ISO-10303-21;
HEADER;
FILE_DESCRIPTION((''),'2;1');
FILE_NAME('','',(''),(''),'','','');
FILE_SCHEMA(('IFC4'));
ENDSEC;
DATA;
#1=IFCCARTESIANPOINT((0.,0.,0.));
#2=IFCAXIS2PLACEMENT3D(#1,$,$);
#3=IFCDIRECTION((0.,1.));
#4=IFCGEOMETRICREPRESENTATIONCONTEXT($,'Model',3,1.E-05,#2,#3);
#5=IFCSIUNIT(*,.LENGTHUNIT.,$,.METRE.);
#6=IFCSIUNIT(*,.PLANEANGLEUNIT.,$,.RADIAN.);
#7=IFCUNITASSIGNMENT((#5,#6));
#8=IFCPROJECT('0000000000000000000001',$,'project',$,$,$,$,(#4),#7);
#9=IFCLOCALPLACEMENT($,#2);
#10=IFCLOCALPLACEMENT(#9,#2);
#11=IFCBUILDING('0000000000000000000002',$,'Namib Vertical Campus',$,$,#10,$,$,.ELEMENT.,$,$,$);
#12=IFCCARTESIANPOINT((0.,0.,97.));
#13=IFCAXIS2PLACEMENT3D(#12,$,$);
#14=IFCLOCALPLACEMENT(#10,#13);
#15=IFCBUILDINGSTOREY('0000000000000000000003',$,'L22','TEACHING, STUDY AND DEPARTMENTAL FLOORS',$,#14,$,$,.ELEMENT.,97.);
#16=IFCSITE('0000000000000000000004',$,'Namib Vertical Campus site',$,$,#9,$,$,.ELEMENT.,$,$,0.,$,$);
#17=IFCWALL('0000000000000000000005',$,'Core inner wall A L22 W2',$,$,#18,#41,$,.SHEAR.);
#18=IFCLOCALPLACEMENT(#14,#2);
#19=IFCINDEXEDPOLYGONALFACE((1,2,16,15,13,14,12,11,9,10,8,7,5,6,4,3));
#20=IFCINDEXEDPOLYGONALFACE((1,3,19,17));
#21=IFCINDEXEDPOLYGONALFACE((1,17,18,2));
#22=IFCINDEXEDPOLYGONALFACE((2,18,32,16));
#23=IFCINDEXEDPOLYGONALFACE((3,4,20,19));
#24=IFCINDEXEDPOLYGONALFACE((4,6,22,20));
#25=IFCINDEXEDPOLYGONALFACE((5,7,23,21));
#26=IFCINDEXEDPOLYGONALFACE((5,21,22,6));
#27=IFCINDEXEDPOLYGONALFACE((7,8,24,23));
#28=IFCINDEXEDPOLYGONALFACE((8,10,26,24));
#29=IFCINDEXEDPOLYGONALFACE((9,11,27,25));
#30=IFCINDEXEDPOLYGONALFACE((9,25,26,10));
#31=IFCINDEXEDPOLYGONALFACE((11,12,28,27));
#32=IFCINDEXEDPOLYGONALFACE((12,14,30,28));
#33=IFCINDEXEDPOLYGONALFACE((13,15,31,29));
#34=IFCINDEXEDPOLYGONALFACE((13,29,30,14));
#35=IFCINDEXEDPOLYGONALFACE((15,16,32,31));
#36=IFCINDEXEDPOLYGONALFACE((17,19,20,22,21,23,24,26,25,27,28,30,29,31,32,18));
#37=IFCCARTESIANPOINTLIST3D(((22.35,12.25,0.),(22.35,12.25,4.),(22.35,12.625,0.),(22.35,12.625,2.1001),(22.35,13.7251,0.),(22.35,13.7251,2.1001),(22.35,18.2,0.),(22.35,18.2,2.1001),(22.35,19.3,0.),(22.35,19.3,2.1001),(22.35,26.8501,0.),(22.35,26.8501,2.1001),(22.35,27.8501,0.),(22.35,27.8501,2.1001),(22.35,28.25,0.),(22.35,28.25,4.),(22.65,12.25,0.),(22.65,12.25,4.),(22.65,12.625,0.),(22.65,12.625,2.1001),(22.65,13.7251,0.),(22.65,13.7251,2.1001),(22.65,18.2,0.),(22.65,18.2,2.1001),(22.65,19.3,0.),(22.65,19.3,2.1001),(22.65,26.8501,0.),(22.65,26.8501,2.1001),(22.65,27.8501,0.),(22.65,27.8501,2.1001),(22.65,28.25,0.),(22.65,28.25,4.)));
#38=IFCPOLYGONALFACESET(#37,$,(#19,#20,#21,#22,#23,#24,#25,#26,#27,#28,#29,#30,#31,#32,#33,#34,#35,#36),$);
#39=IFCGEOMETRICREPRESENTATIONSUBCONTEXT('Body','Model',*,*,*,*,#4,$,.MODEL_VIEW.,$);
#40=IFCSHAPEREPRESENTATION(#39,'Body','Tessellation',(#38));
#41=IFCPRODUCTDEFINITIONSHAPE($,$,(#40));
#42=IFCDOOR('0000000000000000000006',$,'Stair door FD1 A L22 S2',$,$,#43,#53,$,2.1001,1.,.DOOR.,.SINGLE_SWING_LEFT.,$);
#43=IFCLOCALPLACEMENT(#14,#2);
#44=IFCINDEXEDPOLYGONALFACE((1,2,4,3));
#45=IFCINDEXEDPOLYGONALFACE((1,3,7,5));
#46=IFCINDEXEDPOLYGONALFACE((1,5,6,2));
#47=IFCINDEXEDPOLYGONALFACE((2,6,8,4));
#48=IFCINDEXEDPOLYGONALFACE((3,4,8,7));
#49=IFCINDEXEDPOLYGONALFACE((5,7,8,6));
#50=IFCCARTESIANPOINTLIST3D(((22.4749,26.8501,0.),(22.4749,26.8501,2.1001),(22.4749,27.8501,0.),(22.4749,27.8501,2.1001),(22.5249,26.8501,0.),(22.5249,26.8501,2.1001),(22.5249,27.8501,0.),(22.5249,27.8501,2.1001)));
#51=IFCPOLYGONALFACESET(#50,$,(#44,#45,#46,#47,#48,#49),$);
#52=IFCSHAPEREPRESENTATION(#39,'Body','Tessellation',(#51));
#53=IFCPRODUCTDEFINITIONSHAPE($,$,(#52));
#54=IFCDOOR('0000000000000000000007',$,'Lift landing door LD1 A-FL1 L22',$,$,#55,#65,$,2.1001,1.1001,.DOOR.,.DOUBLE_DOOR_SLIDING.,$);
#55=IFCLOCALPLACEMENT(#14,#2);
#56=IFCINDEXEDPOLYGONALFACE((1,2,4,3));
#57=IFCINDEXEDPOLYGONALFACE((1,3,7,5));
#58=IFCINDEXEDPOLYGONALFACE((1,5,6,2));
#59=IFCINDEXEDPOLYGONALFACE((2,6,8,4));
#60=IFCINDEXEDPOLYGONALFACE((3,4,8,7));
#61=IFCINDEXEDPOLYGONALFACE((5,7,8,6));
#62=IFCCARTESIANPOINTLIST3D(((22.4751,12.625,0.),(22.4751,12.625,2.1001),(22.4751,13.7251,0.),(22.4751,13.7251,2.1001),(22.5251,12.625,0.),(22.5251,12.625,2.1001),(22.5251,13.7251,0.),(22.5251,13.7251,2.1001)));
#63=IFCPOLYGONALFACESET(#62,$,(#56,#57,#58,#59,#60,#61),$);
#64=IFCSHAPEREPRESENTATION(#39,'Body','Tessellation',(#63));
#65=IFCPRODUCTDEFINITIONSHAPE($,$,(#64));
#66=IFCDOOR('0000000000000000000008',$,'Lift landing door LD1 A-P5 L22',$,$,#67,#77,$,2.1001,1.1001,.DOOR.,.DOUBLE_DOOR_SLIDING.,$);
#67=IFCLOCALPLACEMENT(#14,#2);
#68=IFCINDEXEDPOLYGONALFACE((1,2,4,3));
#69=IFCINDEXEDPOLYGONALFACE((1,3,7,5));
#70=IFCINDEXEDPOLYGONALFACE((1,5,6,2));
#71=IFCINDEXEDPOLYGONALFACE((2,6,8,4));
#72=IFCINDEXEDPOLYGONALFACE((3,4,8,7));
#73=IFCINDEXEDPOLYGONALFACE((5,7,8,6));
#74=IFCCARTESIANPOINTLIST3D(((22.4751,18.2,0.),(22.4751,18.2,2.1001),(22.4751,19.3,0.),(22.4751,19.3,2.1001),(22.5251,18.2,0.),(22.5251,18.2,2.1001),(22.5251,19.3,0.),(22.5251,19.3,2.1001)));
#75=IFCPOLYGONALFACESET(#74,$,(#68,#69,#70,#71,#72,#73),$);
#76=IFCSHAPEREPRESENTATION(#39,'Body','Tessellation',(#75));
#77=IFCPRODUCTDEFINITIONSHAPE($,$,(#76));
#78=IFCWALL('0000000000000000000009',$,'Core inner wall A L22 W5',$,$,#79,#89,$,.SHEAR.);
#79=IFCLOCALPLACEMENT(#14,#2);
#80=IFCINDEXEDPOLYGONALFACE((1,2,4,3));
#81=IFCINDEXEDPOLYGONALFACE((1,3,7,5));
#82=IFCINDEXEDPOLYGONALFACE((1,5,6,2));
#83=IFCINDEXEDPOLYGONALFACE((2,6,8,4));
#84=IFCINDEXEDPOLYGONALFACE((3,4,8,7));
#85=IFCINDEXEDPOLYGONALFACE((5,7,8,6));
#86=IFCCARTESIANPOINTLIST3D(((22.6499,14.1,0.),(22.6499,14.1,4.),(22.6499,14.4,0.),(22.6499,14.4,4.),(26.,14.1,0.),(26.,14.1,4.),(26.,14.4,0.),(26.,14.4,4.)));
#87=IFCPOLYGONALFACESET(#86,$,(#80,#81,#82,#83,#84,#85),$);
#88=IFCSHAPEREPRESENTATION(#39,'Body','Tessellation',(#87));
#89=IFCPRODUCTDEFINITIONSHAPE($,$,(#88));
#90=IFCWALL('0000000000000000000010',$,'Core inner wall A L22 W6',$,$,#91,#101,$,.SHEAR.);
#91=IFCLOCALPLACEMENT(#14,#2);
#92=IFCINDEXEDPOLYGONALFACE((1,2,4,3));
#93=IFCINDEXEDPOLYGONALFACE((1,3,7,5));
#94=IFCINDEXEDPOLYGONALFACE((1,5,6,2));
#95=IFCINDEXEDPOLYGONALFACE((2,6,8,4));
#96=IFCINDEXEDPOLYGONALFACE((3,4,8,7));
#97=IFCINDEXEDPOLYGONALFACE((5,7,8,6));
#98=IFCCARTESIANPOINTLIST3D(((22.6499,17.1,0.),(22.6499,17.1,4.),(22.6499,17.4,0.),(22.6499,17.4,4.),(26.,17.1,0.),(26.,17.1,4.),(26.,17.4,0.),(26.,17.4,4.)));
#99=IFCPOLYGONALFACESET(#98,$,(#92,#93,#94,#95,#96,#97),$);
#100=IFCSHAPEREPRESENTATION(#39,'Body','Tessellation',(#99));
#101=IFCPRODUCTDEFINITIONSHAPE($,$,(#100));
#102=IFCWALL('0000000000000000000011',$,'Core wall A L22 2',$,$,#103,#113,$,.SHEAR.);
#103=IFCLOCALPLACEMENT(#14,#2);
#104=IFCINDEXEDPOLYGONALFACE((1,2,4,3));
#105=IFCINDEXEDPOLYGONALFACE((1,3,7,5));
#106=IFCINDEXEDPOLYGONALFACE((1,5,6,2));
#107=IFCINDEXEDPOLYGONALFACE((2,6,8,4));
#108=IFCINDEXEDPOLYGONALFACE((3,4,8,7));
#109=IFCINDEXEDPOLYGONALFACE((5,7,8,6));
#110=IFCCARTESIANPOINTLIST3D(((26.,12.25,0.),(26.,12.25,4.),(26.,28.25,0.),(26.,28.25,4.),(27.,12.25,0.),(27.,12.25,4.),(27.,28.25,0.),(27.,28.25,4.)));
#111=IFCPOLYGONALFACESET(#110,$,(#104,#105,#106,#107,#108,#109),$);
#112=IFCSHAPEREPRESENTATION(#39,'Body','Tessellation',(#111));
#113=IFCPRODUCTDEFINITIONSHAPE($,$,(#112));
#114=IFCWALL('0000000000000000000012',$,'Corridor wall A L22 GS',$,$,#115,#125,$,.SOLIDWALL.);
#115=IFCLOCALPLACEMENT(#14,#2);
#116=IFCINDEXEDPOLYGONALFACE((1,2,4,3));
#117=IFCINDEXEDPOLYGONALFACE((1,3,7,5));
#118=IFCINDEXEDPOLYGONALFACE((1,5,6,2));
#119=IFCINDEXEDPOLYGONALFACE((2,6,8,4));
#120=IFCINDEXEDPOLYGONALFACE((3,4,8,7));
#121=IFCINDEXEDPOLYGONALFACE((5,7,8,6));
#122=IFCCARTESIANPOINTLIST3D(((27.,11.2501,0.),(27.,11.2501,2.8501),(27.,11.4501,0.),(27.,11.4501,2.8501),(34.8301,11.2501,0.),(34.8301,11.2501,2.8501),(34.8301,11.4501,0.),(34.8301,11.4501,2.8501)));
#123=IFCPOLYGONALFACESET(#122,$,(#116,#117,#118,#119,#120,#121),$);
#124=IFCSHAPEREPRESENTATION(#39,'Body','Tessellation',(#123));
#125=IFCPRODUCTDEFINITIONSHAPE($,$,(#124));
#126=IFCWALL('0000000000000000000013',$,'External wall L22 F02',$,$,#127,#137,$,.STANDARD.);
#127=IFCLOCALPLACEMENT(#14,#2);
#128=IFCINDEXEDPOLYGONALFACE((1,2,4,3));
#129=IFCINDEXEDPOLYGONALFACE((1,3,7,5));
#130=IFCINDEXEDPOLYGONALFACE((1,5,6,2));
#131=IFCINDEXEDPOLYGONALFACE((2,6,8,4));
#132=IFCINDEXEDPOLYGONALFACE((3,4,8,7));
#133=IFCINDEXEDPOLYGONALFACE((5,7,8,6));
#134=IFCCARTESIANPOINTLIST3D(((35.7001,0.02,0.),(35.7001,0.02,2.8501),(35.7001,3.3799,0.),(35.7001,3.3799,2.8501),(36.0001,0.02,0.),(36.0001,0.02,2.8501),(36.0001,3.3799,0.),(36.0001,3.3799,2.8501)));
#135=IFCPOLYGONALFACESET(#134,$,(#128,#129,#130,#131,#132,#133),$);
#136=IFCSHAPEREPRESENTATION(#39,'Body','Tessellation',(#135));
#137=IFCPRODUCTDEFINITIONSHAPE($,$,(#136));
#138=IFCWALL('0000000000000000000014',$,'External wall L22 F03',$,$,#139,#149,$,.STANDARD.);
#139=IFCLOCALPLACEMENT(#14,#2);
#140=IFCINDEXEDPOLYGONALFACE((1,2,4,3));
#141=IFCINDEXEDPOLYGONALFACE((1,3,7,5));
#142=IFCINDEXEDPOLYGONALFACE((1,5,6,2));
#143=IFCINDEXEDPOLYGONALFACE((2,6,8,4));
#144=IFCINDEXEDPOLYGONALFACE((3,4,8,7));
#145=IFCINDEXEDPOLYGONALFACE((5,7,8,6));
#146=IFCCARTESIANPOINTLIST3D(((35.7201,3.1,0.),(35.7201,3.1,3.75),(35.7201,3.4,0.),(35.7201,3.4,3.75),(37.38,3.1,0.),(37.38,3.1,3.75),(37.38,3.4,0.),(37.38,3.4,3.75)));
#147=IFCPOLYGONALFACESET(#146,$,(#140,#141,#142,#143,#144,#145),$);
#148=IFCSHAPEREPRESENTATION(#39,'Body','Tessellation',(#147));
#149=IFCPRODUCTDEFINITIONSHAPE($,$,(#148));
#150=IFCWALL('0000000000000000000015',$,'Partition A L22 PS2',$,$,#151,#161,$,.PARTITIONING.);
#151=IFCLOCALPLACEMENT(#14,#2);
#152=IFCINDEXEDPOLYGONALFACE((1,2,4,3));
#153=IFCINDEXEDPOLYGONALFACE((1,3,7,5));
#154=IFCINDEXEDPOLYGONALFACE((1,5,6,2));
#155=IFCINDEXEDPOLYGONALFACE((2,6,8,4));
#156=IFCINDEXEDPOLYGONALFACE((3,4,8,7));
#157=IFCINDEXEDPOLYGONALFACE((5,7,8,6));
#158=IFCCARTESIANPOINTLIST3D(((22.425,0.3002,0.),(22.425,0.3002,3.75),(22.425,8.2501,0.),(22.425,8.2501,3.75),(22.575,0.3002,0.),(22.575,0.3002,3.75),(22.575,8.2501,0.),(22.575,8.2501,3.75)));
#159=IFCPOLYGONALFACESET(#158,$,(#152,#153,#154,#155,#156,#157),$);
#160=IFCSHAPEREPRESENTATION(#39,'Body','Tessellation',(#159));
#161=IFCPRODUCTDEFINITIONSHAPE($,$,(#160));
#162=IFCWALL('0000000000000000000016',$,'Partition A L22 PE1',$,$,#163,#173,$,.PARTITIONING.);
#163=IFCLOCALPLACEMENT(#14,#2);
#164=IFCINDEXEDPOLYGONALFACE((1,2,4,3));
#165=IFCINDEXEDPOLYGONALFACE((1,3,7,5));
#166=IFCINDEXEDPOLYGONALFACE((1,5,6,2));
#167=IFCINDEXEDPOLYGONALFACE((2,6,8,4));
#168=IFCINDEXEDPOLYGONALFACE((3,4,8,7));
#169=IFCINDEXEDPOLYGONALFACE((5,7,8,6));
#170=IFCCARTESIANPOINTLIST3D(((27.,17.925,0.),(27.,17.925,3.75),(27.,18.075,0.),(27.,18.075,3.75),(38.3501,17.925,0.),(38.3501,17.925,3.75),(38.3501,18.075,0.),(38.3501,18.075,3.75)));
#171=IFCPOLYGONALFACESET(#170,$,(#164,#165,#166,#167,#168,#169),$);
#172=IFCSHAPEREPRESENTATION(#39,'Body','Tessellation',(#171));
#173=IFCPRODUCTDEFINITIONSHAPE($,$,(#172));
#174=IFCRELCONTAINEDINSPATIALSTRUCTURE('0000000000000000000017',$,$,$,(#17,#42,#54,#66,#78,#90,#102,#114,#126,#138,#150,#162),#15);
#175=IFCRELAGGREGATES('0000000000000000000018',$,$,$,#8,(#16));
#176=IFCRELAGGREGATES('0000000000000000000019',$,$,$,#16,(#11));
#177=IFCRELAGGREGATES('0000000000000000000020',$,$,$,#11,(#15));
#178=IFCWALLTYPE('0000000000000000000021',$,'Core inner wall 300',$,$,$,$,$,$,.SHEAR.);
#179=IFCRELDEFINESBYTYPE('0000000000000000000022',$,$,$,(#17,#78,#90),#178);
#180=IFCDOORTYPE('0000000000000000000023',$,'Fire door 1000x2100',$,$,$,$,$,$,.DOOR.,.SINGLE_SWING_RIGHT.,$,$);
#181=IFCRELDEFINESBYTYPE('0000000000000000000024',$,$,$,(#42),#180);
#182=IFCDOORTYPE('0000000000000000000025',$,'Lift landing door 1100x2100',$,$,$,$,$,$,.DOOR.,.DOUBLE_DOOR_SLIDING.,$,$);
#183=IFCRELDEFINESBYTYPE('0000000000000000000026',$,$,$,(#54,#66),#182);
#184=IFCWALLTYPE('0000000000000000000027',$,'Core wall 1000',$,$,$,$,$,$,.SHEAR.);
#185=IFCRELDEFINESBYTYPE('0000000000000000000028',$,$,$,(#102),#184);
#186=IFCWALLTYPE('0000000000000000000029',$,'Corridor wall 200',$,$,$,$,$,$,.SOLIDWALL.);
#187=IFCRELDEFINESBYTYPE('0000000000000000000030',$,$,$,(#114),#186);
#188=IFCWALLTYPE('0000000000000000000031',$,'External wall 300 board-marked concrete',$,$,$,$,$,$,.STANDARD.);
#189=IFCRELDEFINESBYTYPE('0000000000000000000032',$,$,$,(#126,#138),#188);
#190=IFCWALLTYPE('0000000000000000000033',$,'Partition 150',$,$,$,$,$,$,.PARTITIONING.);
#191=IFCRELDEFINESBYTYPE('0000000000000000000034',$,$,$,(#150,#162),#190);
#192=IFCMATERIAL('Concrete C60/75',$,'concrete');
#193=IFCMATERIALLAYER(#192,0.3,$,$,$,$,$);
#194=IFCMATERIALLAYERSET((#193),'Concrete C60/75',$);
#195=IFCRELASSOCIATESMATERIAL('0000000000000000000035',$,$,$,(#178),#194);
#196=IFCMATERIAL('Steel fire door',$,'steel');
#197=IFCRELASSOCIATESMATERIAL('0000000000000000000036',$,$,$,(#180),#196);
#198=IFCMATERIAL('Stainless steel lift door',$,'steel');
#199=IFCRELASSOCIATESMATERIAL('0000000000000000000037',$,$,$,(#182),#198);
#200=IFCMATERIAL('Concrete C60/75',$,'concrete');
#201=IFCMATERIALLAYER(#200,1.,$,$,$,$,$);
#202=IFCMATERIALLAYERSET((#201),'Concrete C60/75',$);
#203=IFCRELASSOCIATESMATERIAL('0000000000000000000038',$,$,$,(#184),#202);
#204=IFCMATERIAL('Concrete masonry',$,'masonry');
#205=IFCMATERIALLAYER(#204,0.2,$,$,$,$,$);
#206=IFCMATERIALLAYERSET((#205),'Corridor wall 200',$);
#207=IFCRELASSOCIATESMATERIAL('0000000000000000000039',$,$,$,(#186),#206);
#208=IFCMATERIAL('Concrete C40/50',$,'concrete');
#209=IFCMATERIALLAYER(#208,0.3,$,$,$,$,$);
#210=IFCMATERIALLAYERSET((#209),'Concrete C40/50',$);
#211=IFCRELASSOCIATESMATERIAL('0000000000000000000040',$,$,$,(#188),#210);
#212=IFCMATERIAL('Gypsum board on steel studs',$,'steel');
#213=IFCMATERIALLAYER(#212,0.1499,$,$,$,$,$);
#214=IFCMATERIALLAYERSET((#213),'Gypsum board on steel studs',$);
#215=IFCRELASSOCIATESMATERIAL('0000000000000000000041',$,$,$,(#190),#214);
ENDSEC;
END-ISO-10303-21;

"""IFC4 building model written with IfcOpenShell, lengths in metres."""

from ifc_helpers import new_model, si_unit, direction, frame, frame_2d, origin, place, context, subcontext, project, spatial, rectangle, extrude, material, layer, layer_set, type_object, element, fill, save


model = new_model("IFC4")

# Units and contexts
model_context = context("Model", 3, precision=1e-05, world=origin(), true_north=direction((0.0, 1.0)))
body_context = subcontext(model_context, "Body", "Model", "MODEL_VIEW")
ifc_project = project(units=[si_unit("LENGTHUNIT", "METRE"), si_unit("PLANEANGLEUNIT", "RADIAN")], contexts=[model_context])

# Site, building, storey
site_placement = place(None, origin())
site = spatial("IfcSite", under=ifc_project, at=site_placement, Name="Namib Vertical Campus site", CompositionType="ELEMENT", RefElevation=0.0)
building_placement = place(site_placement, origin())
building = spatial("IfcBuilding", under=site, at=building_placement, Name="Namib Vertical Campus", CompositionType="ELEMENT")
storey_placement = place(building_placement, frame((0.0, 0.0, 97.0)))
storey = spatial("IfcBuildingStorey", under=building, at=storey_placement, Name="L22", Description="TEACHING, STUDY AND DEPARTMENTAL FLOORS", CompositionType="ELEMENT", Elevation=97.0)

# Wall, openings, doors
ifc_material_1 = material(Name="Concrete C60/75", Category="concrete")
ifc_layer_1 = layer(ifc_material_1, 0.3)
ifc_layer_set_1 = layer_set([ifc_layer_1], Name="Concrete C60/75")
wall_type_1 = type_object("IfcWallType", Name="Core inner wall 300", PredefinedType="SHEAR", material=ifc_layer_set_1)
wall_1_placement = place(storey_placement, frame((22.5, 12.25, 0.0), z_axis=(0.0, 0.0, 1.0), x_axis=(0.0, 1.0, 0.0)))
wall_1 = element("IfcWall", 1, at=wall_1_placement, inside=storey, type_object=wall_type_1, Name="Core inner wall A L22 W2", PredefinedType="SHEAR", context=body_context, shape_type="SweptSolid", body=[
    extrude(rectangle(XDim=16.0, YDim=0.3, at=frame_2d((8.0, 0.0))), origin(), (0.0, 0.0, 1.0), 4.0),
])
opening_1_placement = place(wall_1_placement, frame((14.6001, 0.0, 0.0)))
opening_1 = element("IfcOpeningElement", 2, at=opening_1_placement, cuts=wall_1, PredefinedType="OPENING", context=body_context, shape_type="SweptSolid", body=[
    extrude(rectangle(XDim=1.0, YDim=2.1001, at=frame_2d((0.5, 1.05))), frame((0.0, 0.1599, 0.0), z_axis=(0.0, -1.0, 0.0), x_axis=(1.0, 0.0, 0.0)), (0.0, 0.0, 1.0), 0.3201),
])
opening_2_placement = place(wall_1_placement, frame((0.375, 0.0, 0.0)))
opening_2 = element("IfcOpeningElement", 3, at=opening_2_placement, cuts=wall_1, PredefinedType="OPENING", context=body_context, shape_type="SweptSolid", body=[
    extrude(rectangle(XDim=1.1001, YDim=2.1001, at=frame_2d((0.55, 1.05))), frame((0.0, 0.1599, 0.0), z_axis=(0.0, -1.0, 0.0), x_axis=(1.0, 0.0, 0.0)), (0.0, 0.0, 1.0), 0.3201),
])
opening_3_placement = place(wall_1_placement, frame((5.95, 0.0, 0.0)))
opening_3 = element("IfcOpeningElement", 4, at=opening_3_placement, cuts=wall_1, PredefinedType="OPENING", context=body_context, shape_type="SweptSolid", body=[
    extrude(rectangle(XDim=1.1001, YDim=2.1001, at=frame_2d((0.55, 1.05))), frame((0.0, 0.1599, 0.0), z_axis=(0.0, -1.0, 0.0), x_axis=(1.0, 0.0, 0.0)), (0.0, 0.0, 1.0), 0.3201),
])
ifc_material_2 = material(Name="Steel fire door", Category="steel")
door_type_1 = type_object("IfcDoorType", Name="Fire door 1000x2100", OperationType="SINGLE_SWING_RIGHT", PredefinedType="DOOR", material=ifc_material_2)
door_1_placement = place(opening_1_placement, frame((1.0, 0.0, 0.0), z_axis=(0.0, 0.0, 1.0), x_axis=(-1.0, 0.0, 0.0)))
door_1 = element("IfcDoor", 5, at=door_1_placement, inside=storey, type_object=door_type_1, Name="Stair door FD1 A L22 S2", OperationType="SINGLE_SWING_LEFT", OverallHeight=2.1001, OverallWidth=1.0, PredefinedType="DOOR", context=body_context, shape_type="SweptSolid", body=[
    extrude(rectangle(XDim=1.0, YDim=2.1001, at=frame_2d((0.5, 1.05))), frame((0.0, 0.0249, 0.0), z_axis=(0.0, -1.0, 0.0), x_axis=(1.0, 0.0, 0.0)), (0.0, 0.0, 1.0), 0.05),
])
fill(opening_1, door_1)
ifc_material_3 = material(Name="Stainless steel lift door", Category="steel")
door_type_2 = type_object("IfcDoorType", Name="Lift landing door 1100x2100", OperationType="DOUBLE_DOOR_SLIDING", PredefinedType="DOOR", material=ifc_material_3)
door_2_placement = place(opening_2_placement, origin())
door_2 = element("IfcDoor", 6, at=door_2_placement, inside=storey, type_object=door_type_2, Name="Lift landing door LD1 A-FL1 L22", OperationType="DOUBLE_DOOR_SLIDING", OverallHeight=2.1001, OverallWidth=1.1001, PredefinedType="DOOR", context=body_context, shape_type="SweptSolid", body=[
    extrude(rectangle(XDim=1.1001, YDim=2.1001, at=frame_2d((0.55, 1.05))), frame((0.0, 0.0249, 0.0), z_axis=(0.0, -1.0, 0.0), x_axis=(1.0, 0.0, 0.0)), (0.0, 0.0, 1.0), 0.05),
])
fill(opening_2, door_2)
door_3_placement = place(opening_3_placement, origin())
door_3 = element("IfcDoor", 7, at=door_3_placement, inside=storey, type_object=door_type_2, Name="Lift landing door LD1 A-P5 L22", OperationType="DOUBLE_DOOR_SLIDING", OverallHeight=2.1001, OverallWidth=1.1001, PredefinedType="DOOR", context=body_context, shape_type="SweptSolid", body=[
    extrude(rectangle(XDim=1.1001, YDim=2.1001, at=frame_2d((0.55, 1.05))), frame((0.0, 0.0249, 0.0), z_axis=(0.0, -1.0, 0.0), x_axis=(1.0, 0.0, 0.0)), (0.0, 0.0, 1.0), 0.05),
])
fill(opening_3, door_3)

# Walls
for number, where, z_axis, x_axis, name in (
    (8, (22.6499, 14.25, 0.0), (0.0, 0.0, 1.0), (1.0, 0.0, 0.0), "Core inner wall A L22 W5"),
    (9, (22.6499, 17.25, 0.0), (0.0, 0.0, 1.0), (1.0, 0.0, 0.0), "Core inner wall A L22 W6"),
):
    element("IfcWall", number, at=place(storey_placement, frame(where, z_axis=z_axis, x_axis=x_axis)), inside=storey, type_object=wall_type_1, Name=name, PredefinedType="SHEAR", context=body_context, shape_type="SweptSolid", body=[
        extrude(rectangle(XDim=3.3501, YDim=0.3, at=frame_2d((1.675, 0.0))), origin(), (0.0, 0.0, 1.0), 4.0),
    ])
ifc_material_4 = material(Name="Concrete C60/75", Category="concrete")
ifc_layer_2 = layer(ifc_material_4, 1.0)
ifc_layer_set_2 = layer_set([ifc_layer_2], Name="Concrete C60/75")
wall_type_2 = type_object("IfcWallType", Name="Core wall 1000", PredefinedType="SHEAR", material=ifc_layer_set_2)
wall_2_placement = place(storey_placement, frame((26.5, 12.25, 0.0), z_axis=(0.0, 0.0, 1.0), x_axis=(0.0, 1.0, 0.0)))
element("IfcWall", 10, at=wall_2_placement, inside=storey, type_object=wall_type_2, Name="Core wall A L22 2", PredefinedType="SHEAR", context=body_context, shape_type="SweptSolid", body=[
    extrude(rectangle(XDim=16.0, YDim=1.0, at=frame_2d((8.0, 0.0))), origin(), (0.0, 0.0, 1.0), 4.0),
])
ifc_material_5 = material(Name="Concrete masonry", Category="masonry")
ifc_layer_3 = layer(ifc_material_5, 0.2)
ifc_layer_set_3 = layer_set([ifc_layer_3], Name="Corridor wall 200")
wall_type_3 = type_object("IfcWallType", Name="Corridor wall 200", PredefinedType="SOLIDWALL", material=ifc_layer_set_3)
wall_3_placement = place(storey_placement, frame((27.0, 11.3501, 0.0), z_axis=(0.0, 0.0, 1.0), x_axis=(1.0, 0.0, 0.0)))
element("IfcWall", 11, at=wall_3_placement, inside=storey, type_object=wall_type_3, Name="Corridor wall A L22 GS", PredefinedType="SOLIDWALL", context=body_context, shape_type="SweptSolid", body=[
    extrude(rectangle(XDim=7.8301, YDim=0.2, at=frame_2d((3.915, 0.0))), origin(), (0.0, 0.0, 1.0), 2.8501),
])
ifc_material_6 = material(Name="Concrete C40/50", Category="concrete")
ifc_layer_4 = layer(ifc_material_6, 0.3)
ifc_layer_set_4 = layer_set([ifc_layer_4], Name="Concrete C40/50")
wall_type_4 = type_object("IfcWallType", Name="External wall 300 board-marked concrete", PredefinedType="STANDARD", material=ifc_layer_set_4)
wall_4_placement = place(storey_placement, frame((35.8501, 0.02, 0.0), z_axis=(0.0, 0.0, 1.0), x_axis=(0.0, 1.0, 0.0)))
element("IfcWall", 12, at=wall_4_placement, inside=storey, type_object=wall_type_4, Name="External wall L22 F02", PredefinedType="STANDARD", context=body_context, shape_type="SweptSolid", body=[
    extrude(rectangle(XDim=3.3599, YDim=0.3, at=frame_2d((1.6799, 0.0))), origin(), (0.0, 0.0, 1.0), 2.8501),
])
wall_5_placement = place(storey_placement, frame((35.72, 3.25, 0.0), z_axis=(0.0, 0.0, 1.0), x_axis=(1.0, 0.0, 0.0)))
element("IfcWall", 13, at=wall_5_placement, inside=storey, type_object=wall_type_4, Name="External wall L22 F03", PredefinedType="STANDARD", context=body_context, shape_type="SweptSolid", body=[
    extrude(rectangle(XDim=1.6599, YDim=0.3, at=frame_2d((0.8301, 0.0))), origin(), (0.0, 0.0, 1.0), 3.75),
])
ifc_material_7 = material(Name="Gypsum board on steel studs", Category="steel")
ifc_layer_5 = layer(ifc_material_7, 0.1499)
ifc_layer_set_5 = layer_set([ifc_layer_5], Name="Gypsum board on steel studs")
wall_type_5 = type_object("IfcWallType", Name="Partition 150", PredefinedType="PARTITIONING", material=ifc_layer_set_5)
wall_6_placement = place(storey_placement, frame((22.5, 0.3, 0.0), z_axis=(0.0, 0.0, 1.0), x_axis=(0.0, 1.0, 0.0)))
element("IfcWall", 14, at=wall_6_placement, inside=storey, type_object=wall_type_5, Name="Partition A L22 PS2", PredefinedType="PARTITIONING", context=body_context, shape_type="SweptSolid", body=[
    extrude(rectangle(XDim=7.95, YDim=0.1499, at=frame_2d((3.9751, 0.0))), origin(), (0.0, 0.0, 1.0), 3.75),
])
wall_7_placement = place(storey_placement, frame((27.0, 18.0, 0.0), z_axis=(0.0, 0.0, 1.0), x_axis=(1.0, 0.0, 0.0)))
element("IfcWall", 15, at=wall_7_placement, inside=storey, type_object=wall_type_5, Name="Partition A L22 PE1", PredefinedType="PARTITIONING", context=body_context, shape_type="SweptSolid", body=[
    extrude(rectangle(XDim=11.3501, YDim=0.1499, at=frame_2d((5.675, 0.0))), origin(), (0.0, 0.0, 1.0), 3.75),
])

save(model, "model.ifc")
